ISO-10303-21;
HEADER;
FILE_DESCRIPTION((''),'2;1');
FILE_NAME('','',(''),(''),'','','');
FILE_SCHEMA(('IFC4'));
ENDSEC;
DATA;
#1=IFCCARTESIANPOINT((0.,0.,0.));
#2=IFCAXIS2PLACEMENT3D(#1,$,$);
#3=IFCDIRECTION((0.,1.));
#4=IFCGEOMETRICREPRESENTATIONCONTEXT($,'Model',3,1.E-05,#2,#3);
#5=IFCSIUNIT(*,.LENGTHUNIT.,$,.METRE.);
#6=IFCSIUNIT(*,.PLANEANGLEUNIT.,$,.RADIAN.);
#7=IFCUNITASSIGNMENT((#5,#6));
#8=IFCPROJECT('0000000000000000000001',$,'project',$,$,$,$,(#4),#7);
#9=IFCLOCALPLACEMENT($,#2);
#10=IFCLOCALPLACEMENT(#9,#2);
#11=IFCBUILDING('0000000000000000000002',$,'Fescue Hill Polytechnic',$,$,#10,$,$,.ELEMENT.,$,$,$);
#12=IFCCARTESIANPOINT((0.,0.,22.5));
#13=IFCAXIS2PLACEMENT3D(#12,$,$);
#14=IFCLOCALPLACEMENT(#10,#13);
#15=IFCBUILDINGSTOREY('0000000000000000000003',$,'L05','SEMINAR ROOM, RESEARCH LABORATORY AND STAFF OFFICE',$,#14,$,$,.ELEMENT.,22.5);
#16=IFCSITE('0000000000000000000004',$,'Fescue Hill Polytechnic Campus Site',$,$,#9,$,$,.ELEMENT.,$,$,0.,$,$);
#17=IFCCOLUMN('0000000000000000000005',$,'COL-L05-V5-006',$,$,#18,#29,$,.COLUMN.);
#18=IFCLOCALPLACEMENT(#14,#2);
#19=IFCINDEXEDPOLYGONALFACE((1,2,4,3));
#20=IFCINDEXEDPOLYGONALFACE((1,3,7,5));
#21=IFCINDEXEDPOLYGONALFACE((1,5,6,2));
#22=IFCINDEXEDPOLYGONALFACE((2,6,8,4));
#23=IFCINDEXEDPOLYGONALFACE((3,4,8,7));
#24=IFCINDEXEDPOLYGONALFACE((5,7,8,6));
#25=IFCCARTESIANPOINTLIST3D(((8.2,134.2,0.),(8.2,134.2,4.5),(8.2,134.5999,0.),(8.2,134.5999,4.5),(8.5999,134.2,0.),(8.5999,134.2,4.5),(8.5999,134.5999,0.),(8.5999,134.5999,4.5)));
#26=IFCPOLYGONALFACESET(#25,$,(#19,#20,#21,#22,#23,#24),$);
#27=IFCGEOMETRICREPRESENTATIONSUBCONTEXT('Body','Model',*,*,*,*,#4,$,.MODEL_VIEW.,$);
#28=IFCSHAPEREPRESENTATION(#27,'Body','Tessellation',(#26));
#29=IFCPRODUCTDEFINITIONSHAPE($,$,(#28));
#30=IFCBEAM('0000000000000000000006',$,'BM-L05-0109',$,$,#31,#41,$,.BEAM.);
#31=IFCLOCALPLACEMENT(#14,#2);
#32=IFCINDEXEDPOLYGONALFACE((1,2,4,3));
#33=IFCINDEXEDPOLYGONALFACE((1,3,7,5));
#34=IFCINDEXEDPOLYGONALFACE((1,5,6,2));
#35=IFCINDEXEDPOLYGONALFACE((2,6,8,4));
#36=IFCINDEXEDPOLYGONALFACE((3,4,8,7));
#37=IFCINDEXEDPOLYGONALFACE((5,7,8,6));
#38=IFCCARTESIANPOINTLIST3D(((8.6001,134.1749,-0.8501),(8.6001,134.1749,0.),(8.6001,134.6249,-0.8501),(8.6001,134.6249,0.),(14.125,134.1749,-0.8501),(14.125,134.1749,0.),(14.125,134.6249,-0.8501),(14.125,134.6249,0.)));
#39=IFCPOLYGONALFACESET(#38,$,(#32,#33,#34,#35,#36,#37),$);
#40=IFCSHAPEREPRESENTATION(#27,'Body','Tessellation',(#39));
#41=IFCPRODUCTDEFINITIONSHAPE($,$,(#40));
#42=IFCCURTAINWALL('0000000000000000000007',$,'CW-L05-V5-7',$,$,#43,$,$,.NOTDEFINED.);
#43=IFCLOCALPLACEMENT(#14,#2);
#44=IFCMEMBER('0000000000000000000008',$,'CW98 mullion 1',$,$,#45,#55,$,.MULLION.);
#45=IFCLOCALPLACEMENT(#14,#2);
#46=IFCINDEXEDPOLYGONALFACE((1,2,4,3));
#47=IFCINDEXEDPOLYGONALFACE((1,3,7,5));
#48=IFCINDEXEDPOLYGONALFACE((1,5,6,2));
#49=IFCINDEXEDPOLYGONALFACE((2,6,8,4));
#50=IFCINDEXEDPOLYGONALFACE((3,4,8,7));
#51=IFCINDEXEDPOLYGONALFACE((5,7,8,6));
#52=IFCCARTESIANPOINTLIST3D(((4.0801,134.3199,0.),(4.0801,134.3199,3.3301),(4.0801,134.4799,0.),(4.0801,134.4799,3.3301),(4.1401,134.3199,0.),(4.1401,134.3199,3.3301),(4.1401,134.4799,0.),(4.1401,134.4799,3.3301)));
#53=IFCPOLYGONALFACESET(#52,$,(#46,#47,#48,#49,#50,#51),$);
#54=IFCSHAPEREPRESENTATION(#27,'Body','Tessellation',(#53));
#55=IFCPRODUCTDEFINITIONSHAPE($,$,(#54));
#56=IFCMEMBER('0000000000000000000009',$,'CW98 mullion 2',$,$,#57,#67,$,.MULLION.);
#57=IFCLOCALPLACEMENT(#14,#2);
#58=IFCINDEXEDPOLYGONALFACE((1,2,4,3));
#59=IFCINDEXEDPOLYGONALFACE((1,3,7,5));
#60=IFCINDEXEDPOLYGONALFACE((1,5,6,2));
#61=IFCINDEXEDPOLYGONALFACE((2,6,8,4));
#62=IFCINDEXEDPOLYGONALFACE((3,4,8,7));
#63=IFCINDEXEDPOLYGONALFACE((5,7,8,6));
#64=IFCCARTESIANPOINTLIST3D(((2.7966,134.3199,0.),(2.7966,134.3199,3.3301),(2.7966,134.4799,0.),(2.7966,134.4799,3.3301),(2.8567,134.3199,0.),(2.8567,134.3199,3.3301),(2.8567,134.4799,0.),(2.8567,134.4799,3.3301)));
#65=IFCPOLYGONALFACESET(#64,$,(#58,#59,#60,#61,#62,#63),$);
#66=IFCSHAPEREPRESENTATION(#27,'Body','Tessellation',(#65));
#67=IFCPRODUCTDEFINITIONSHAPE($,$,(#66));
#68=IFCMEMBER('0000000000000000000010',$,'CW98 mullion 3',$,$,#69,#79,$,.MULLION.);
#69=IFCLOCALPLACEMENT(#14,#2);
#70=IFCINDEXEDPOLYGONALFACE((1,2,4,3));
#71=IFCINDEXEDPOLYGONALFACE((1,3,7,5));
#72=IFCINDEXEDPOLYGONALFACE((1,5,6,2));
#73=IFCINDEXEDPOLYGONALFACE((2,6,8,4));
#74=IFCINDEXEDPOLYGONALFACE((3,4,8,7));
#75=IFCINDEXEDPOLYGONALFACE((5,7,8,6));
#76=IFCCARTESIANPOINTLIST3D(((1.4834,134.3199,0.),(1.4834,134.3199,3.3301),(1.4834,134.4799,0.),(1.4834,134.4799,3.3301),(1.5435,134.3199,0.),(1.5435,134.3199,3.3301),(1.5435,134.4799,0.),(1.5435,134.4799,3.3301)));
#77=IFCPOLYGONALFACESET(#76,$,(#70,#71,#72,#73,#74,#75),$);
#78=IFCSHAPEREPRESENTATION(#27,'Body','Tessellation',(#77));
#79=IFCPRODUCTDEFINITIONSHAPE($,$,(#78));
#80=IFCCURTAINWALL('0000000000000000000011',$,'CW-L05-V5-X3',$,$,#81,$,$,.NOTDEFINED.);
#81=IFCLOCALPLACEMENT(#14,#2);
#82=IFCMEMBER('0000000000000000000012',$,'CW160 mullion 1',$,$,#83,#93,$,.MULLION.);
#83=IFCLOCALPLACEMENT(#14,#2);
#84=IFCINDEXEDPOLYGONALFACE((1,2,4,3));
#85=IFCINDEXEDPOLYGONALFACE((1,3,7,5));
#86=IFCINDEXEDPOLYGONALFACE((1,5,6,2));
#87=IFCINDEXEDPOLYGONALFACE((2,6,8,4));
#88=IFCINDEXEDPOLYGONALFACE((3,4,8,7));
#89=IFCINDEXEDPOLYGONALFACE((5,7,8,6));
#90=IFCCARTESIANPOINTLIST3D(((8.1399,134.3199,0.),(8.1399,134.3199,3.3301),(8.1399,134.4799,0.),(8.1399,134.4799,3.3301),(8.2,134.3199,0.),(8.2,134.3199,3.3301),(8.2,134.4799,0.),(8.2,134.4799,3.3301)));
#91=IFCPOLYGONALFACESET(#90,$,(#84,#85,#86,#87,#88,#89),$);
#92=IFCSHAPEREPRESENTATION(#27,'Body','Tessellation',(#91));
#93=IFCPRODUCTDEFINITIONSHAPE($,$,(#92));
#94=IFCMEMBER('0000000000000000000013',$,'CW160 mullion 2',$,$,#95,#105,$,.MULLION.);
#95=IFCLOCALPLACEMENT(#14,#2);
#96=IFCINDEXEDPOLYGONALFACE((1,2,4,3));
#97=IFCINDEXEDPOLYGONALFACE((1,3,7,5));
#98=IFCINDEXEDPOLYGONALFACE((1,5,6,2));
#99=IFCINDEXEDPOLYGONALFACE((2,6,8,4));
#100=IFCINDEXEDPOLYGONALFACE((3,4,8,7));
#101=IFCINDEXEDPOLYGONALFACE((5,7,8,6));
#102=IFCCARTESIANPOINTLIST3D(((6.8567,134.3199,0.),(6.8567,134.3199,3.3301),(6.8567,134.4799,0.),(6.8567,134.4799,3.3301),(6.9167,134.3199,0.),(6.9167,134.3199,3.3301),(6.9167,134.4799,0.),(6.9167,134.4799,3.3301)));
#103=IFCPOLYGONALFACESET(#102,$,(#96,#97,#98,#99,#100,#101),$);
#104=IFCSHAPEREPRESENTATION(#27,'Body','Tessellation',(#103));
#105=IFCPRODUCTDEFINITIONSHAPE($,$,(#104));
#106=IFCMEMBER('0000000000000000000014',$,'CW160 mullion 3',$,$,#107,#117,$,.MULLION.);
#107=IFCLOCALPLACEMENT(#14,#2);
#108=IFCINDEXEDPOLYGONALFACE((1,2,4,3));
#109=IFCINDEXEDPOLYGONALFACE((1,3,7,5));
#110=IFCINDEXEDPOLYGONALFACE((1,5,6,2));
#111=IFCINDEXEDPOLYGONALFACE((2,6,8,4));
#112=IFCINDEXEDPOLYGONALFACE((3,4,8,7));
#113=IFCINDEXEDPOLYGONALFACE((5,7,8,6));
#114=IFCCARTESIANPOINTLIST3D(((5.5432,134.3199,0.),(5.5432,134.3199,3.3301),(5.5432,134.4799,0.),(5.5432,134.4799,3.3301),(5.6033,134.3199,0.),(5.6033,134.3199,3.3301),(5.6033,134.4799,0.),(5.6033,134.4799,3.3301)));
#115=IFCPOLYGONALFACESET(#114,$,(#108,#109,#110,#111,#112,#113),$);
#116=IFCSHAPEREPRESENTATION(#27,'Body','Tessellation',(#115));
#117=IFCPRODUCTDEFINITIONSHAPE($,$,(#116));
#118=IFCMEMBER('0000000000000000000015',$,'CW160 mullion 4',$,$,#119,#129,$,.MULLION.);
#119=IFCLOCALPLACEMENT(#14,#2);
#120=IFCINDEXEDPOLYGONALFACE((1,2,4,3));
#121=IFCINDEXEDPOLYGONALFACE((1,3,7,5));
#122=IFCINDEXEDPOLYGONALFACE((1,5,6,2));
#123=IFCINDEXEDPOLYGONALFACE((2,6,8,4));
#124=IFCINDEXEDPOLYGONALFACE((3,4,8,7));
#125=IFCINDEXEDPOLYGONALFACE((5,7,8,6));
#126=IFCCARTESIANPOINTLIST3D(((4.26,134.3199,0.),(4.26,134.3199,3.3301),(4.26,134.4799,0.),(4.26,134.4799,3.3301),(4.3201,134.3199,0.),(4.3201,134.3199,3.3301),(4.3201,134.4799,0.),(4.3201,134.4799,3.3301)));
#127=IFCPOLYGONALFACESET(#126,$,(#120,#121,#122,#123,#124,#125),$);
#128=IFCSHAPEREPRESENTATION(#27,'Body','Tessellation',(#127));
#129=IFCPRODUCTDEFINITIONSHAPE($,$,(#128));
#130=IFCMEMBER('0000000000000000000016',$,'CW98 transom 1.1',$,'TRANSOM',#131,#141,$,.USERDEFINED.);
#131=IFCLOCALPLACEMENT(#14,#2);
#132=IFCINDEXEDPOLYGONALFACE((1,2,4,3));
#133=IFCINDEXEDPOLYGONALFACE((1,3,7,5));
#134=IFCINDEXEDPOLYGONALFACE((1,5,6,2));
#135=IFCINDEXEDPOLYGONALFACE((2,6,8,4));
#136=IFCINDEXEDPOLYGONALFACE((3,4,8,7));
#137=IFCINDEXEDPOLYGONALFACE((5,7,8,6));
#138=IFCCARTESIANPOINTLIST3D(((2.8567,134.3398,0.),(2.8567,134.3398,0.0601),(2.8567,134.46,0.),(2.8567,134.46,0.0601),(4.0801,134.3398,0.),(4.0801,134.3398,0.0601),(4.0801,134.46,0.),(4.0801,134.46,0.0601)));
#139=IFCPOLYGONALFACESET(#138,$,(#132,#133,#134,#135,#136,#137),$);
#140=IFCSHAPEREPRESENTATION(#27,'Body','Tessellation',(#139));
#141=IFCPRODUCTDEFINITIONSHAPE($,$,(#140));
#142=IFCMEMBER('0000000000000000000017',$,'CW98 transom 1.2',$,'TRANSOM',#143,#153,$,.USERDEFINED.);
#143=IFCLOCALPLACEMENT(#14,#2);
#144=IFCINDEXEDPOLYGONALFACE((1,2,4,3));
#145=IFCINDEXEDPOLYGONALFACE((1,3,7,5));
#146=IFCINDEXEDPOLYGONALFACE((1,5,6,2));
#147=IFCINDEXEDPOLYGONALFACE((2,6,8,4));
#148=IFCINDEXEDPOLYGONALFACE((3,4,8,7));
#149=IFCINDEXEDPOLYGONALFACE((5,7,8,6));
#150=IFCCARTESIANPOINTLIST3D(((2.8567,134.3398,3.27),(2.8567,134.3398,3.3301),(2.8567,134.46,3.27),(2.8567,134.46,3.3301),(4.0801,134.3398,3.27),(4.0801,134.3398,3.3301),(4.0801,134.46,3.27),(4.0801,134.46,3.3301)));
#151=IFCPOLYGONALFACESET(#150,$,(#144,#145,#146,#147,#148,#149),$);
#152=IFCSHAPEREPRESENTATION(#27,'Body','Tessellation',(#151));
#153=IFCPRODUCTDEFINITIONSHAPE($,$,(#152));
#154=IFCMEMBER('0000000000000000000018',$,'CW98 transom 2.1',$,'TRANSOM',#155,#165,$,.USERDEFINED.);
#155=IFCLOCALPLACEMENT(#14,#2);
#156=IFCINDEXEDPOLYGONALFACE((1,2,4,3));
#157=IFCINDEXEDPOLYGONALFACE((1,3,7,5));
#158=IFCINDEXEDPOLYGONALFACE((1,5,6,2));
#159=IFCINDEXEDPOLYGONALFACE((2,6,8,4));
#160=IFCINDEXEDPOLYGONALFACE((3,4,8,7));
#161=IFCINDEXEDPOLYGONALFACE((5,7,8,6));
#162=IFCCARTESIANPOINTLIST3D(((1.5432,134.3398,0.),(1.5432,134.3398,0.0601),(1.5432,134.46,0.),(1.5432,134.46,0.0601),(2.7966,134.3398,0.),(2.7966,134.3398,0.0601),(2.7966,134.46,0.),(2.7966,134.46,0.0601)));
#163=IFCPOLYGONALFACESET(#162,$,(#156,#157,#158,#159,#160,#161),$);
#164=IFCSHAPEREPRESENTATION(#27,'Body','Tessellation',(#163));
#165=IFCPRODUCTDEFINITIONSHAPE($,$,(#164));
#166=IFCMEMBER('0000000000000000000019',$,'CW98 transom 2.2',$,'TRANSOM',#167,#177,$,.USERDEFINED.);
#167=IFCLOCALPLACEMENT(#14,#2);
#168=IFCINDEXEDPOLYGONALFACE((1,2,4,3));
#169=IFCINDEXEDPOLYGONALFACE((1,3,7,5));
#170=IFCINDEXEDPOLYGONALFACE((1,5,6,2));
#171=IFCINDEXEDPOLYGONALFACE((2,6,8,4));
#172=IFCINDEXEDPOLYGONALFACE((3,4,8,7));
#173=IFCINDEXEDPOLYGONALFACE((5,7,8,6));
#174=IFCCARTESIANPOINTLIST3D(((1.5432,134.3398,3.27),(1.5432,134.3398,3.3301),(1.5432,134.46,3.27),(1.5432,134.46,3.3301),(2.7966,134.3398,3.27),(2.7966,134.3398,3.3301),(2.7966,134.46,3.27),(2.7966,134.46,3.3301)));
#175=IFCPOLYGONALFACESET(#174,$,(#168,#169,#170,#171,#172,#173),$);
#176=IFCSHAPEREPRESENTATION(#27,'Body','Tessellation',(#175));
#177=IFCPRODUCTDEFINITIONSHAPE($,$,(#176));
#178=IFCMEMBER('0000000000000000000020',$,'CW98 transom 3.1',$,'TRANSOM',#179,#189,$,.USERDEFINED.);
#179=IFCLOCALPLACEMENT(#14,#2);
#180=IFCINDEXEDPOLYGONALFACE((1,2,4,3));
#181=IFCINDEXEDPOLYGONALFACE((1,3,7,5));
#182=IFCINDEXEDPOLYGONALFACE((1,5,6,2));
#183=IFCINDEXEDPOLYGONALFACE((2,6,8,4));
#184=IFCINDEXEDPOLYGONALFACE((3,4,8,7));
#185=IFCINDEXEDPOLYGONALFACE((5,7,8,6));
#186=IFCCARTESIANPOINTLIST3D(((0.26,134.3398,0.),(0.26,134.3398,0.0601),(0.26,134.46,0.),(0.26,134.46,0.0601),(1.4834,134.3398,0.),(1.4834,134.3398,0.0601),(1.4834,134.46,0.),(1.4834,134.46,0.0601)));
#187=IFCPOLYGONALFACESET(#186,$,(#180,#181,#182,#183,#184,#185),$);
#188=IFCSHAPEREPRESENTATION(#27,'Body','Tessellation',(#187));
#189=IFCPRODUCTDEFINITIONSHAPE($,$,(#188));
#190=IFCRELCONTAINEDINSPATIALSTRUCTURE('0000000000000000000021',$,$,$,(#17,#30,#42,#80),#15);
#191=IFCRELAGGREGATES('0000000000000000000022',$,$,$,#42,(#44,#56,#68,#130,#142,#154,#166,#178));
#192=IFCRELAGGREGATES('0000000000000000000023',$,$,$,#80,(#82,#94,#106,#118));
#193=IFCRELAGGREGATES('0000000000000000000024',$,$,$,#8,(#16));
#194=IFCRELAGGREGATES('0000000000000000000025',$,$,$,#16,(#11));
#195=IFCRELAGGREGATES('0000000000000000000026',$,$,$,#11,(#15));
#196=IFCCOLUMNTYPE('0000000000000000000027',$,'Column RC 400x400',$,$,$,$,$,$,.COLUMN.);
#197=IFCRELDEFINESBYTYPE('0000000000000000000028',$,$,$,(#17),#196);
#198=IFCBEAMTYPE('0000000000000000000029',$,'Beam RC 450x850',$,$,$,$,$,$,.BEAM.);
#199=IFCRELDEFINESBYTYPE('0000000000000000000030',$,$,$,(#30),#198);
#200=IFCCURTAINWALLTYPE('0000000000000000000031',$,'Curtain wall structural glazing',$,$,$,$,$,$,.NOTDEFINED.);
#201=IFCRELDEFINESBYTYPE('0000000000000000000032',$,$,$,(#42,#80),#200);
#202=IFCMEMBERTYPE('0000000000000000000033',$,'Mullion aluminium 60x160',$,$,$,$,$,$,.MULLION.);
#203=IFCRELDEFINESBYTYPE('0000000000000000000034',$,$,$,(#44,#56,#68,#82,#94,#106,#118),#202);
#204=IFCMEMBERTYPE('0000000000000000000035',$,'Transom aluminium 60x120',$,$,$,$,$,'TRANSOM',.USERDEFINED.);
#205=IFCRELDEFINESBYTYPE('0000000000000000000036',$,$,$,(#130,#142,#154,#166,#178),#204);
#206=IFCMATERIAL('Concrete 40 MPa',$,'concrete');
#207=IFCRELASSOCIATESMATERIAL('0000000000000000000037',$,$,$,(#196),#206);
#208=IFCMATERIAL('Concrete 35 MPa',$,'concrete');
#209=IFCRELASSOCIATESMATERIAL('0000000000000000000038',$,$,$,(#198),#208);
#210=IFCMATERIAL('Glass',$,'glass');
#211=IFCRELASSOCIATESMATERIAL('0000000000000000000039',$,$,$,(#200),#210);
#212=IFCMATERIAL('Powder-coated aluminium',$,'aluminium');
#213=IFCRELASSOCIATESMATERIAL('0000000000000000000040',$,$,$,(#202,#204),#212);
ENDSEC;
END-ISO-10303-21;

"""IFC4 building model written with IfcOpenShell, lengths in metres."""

from ifc_helpers import new_model, si_unit, direction, frame, origin, origin_2d, place, context, subcontext, project, spatial, rectangle, extrude, material, material_profile, profile_set, type_object, element, aggregate, save


model = new_model("IFC4")

# Units and contexts
model_context = context("Model", 3, precision=1e-05, world=origin(), true_north=direction((0.0, 1.0)))
body_context = subcontext(model_context, "Body", "Model", "MODEL_VIEW")
ifc_project = project(units=[si_unit("LENGTHUNIT", "METRE"), si_unit("PLANEANGLEUNIT", "RADIAN")], contexts=[model_context])

# Site, building, storey
site_placement = place(None, origin())
site = spatial("IfcSite", under=ifc_project, at=site_placement, Name="Fescue Hill Polytechnic Campus Site", CompositionType="ELEMENT", RefElevation=0.0)
building_placement = place(site_placement, origin())
building = spatial("IfcBuilding", under=site, at=building_placement, Name="Fescue Hill Polytechnic", CompositionType="ELEMENT")
storey_placement = place(building_placement, frame((0.0, 0.0, 22.5)))
storey = spatial("IfcBuildingStorey", under=building, at=storey_placement, Name="L05", Description="SEMINAR ROOM, RESEARCH LABORATORY AND STAFF OFFICE", CompositionType="ELEMENT", Elevation=22.5)

# Column
ifc_material_1 = material(Name="Concrete 40 MPa", Category="concrete")
ifc_material_profile_1 = material_profile(ifc_material_1, rectangle(XDim=0.3999, YDim=0.3999, at=origin_2d()), Name="RC 400x400")
ifc_profile_set_1 = profile_set([ifc_material_profile_1], Name="Concrete 40 MPa")
column_type = type_object("IfcColumnType", Name="Column RC 400x400", PredefinedType="COLUMN", material=ifc_profile_set_1)
column_placement = place(storey_placement, frame((8.3999, 134.3999, 0.0), z_axis=(0.0, 0.0, 1.0), x_axis=(1.0, 0.0, 0.0)))
element("IfcColumn", 1, at=column_placement, inside=storey, type_object=column_type, Name="COL-L05-V5-006", PredefinedType="COLUMN", context=body_context, shape_type="SweptSolid", body=[
    extrude(rectangle(XDim=0.3999, YDim=0.3999, at=origin_2d()), origin(), (0.0, 0.0, 1.0), 4.5),
])

# Beam
ifc_material_2 = material(Name="Concrete 35 MPa", Category="concrete")
ifc_material_profile_2 = material_profile(ifc_material_2, rectangle(XDim=0.45, YDim=0.8501, at=origin_2d()), Name="RC 450x850")
ifc_profile_set_2 = profile_set([ifc_material_profile_2], Name="Concrete 35 MPa")
beam_type = type_object("IfcBeamType", Name="Beam RC 450x850", PredefinedType="BEAM", material=ifc_profile_set_2)
beam_placement = place(storey_placement, frame((8.6001, 134.3999, -0.425), z_axis=(1.0, 0.0, 0.0), x_axis=(0.0, 1.0, 0.0)))
element("IfcBeam", 2, at=beam_placement, inside=storey, type_object=beam_type, Name="BM-L05-0109", PredefinedType="BEAM", context=body_context, shape_type="SweptSolid", body=[
    extrude(rectangle(XDim=0.45, YDim=0.8501, at=origin_2d()), origin(), (0.0, 0.0, 1.0), 5.5249),
])

# Curtain walls, members
ifc_material_3 = material(Name="Glass", Category="glass")
curtain_wall_type = type_object("IfcCurtainWallType", Name="Curtain wall structural glazing", PredefinedType="NOTDEFINED", material=ifc_material_3)
curtain_wall_1_placement = place(storey_placement, origin())
curtain_wall_1 = element("IfcCurtainWall", 3, at=curtain_wall_1_placement, inside=storey, type_object=curtain_wall_type, Name="CW-L05-V5-7", PredefinedType="NOTDEFINED")
ifc_material_4 = material(Name="Powder-coated aluminium", Category="aluminium")
ifc_material_profile_3 = material_profile(ifc_material_4, rectangle(XDim=0.1599, YDim=0.0601, at=origin_2d()), Name="Mullion aluminium 60x160")
ifc_profile_set_3 = profile_set([ifc_material_profile_3], Name="Powder-coated aluminium")
member_type_1 = type_object("IfcMemberType", Name="Mullion aluminium 60x160", PredefinedType="MULLION", material=ifc_profile_set_3)
member_1_placement = place(storey_placement, frame((4.1101, 134.3999, 0.0), z_axis=(0.0, 0.0, 1.0), x_axis=(0.0, -1.0, 0.0)))
member_1 = element("IfcMember", 4, at=member_1_placement, type_object=member_type_1, Name="CW98 mullion 1", PredefinedType="MULLION", context=body_context, shape_type="SweptSolid", body=[
    extrude(rectangle(XDim=0.1599, YDim=0.0601, at=origin_2d()), origin(), (0.0, 0.0, 1.0), 3.3301),
])
member_2_placement = place(storey_placement, frame((2.8267, 134.3999, 0.0), z_axis=(0.0, 0.0, 1.0), x_axis=(0.0, -1.0, 0.0)))
member_2 = element("IfcMember", 5, at=member_2_placement, type_object=member_type_1, Name="CW98 mullion 2", PredefinedType="MULLION", context=body_context, shape_type="SweptSolid", body=[
    extrude(rectangle(XDim=0.1599, YDim=0.0601, at=origin_2d()), origin(), (0.0, 0.0, 1.0), 3.3301),
])
member_3_placement = place(storey_placement, frame((1.5134, 134.3999, 0.0), z_axis=(0.0, 0.0, 1.0), x_axis=(0.0, -1.0, 0.0)))
member_3 = element("IfcMember", 6, at=member_3_placement, type_object=member_type_1, Name="CW98 mullion 3", PredefinedType="MULLION", context=body_context, shape_type="SweptSolid", body=[
    extrude(rectangle(XDim=0.1599, YDim=0.0601, at=origin_2d()), origin(), (0.0, 0.0, 1.0), 3.3301),
])
curtain_wall_2_placement = place(storey_placement, origin())
curtain_wall_2 = element("IfcCurtainWall", 7, at=curtain_wall_2_placement, inside=storey, type_object=curtain_wall_type, Name="CW-L05-V5-X3", PredefinedType="NOTDEFINED")
member_4_placement = place(storey_placement, frame((8.1699, 134.3999, 0.0), z_axis=(0.0, 0.0, 1.0), x_axis=(0.0, -1.0, 0.0)))
member_4 = element("IfcMember", 8, at=member_4_placement, type_object=member_type_1, Name="CW160 mullion 1", PredefinedType="MULLION", context=body_context, shape_type="SweptSolid", body=[
    extrude(rectangle(XDim=0.1599, YDim=0.0601, at=origin_2d()), origin(), (0.0, 0.0, 1.0), 3.3301),
])
member_5_placement = place(storey_placement, frame((6.8867, 134.3999, 0.0), z_axis=(0.0, 0.0, 1.0), x_axis=(0.0, -1.0, 0.0)))
member_5 = element("IfcMember", 9, at=member_5_placement, type_object=member_type_1, Name="CW160 mullion 2", PredefinedType="MULLION", context=body_context, shape_type="SweptSolid", body=[
    extrude(rectangle(XDim=0.1599, YDim=0.0601, at=origin_2d()), origin(), (0.0, 0.0, 1.0), 3.3301),
])
member_6_placement = place(storey_placement, frame((5.5732, 134.3999, 0.0), z_axis=(0.0, 0.0, 1.0), x_axis=(0.0, -1.0, 0.0)))
member_6 = element("IfcMember", 10, at=member_6_placement, type_object=member_type_1, Name="CW160 mullion 3", PredefinedType="MULLION", context=body_context, shape_type="SweptSolid", body=[
    extrude(rectangle(XDim=0.1599, YDim=0.0601, at=origin_2d()), origin(), (0.0, 0.0, 1.0), 3.3301),
])
member_7_placement = place(storey_placement, frame((4.29, 134.3999, 0.0), z_axis=(0.0, 0.0, 1.0), x_axis=(0.0, -1.0, 0.0)))
member_7 = element("IfcMember", 11, at=member_7_placement, type_object=member_type_1, Name="CW160 mullion 4", PredefinedType="MULLION", context=body_context, shape_type="SweptSolid", body=[
    extrude(rectangle(XDim=0.1599, YDim=0.0601, at=origin_2d()), origin(), (0.0, 0.0, 1.0), 3.3301),
])

# Members
ifc_material_profile_4 = material_profile(ifc_material_4, rectangle(XDim=0.1201, YDim=0.0601, at=origin_2d()), Name="Transom aluminium 60x120")
ifc_profile_set_4 = profile_set([ifc_material_profile_4], Name="Powder-coated aluminium")
member_type_2 = type_object("IfcMemberType", Name="Transom aluminium 60x120", ElementType="TRANSOM", PredefinedType="USERDEFINED", material=ifc_profile_set_4)
member_8_placement = place(storey_placement, frame((4.0801, 134.3999, 0.03), z_axis=(-1.0, 0.0, 0.0), x_axis=(0.0, -1.0, 0.0)))
member_8 = element("IfcMember", 12, at=member_8_placement, type_object=member_type_2, Name="CW98 transom 1.1", ObjectType="TRANSOM", PredefinedType="USERDEFINED", context=body_context, shape_type="SweptSolid", body=[
    extrude(rectangle(XDim=0.1201, YDim=0.0601, at=origin_2d()), origin(), (0.0, 0.0, 1.0), 1.2234),
])
member_9_placement = place(storey_placement, frame((4.0801, 134.3999, 3.3), z_axis=(-1.0, 0.0, 0.0), x_axis=(0.0, -1.0, 0.0)))
member_9 = element("IfcMember", 13, at=member_9_placement, type_object=member_type_2, Name="CW98 transom 1.2", ObjectType="TRANSOM", PredefinedType="USERDEFINED", context=body_context, shape_type="SweptSolid", body=[
    extrude(rectangle(XDim=0.1201, YDim=0.0601, at=origin_2d()), origin(), (0.0, 0.0, 1.0), 1.2234),
])
member_10_placement = place(storey_placement, frame((2.7966, 134.3999, 0.03), z_axis=(-1.0, 0.0, 0.0), x_axis=(0.0, -1.0, 0.0)))
member_10 = element("IfcMember", 14, at=member_10_placement, type_object=member_type_2, Name="CW98 transom 2.1", ObjectType="TRANSOM", PredefinedType="USERDEFINED", context=body_context, shape_type="SweptSolid", body=[
    extrude(rectangle(XDim=0.1201, YDim=0.0601, at=origin_2d()), origin(), (0.0, 0.0, 1.0), 1.2534),
])
member_11_placement = place(storey_placement, frame((2.7966, 134.3999, 3.3), z_axis=(-1.0, 0.0, 0.0), x_axis=(0.0, -1.0, 0.0)))
member_11 = element("IfcMember", 15, at=member_11_placement, type_object=member_type_2, Name="CW98 transom 2.2", ObjectType="TRANSOM", PredefinedType="USERDEFINED", context=body_context, shape_type="SweptSolid", body=[
    extrude(rectangle(XDim=0.1201, YDim=0.0601, at=origin_2d()), origin(), (0.0, 0.0, 1.0), 1.2534),
])
member_12_placement = place(storey_placement, frame((1.4834, 134.3999, 0.03), z_axis=(-1.0, 0.0, 0.0), x_axis=(0.0, -1.0, 0.0)))
member_12 = element("IfcMember", 16, at=member_12_placement, type_object=member_type_2, Name="CW98 transom 3.1", ObjectType="TRANSOM", PredefinedType="USERDEFINED", context=body_context, shape_type="SweptSolid", body=[
    extrude(rectangle(XDim=0.1201, YDim=0.0601, at=origin_2d()), origin(), (0.0, 0.0, 1.0), 1.2234),
])

aggregate(curtain_wall_1, [member_1, member_2, member_3, member_8, member_9, member_10, member_11, member_12])
aggregate(curtain_wall_2, [member_4, member_5, member_6, member_7])

save(model, "model.ifc")
